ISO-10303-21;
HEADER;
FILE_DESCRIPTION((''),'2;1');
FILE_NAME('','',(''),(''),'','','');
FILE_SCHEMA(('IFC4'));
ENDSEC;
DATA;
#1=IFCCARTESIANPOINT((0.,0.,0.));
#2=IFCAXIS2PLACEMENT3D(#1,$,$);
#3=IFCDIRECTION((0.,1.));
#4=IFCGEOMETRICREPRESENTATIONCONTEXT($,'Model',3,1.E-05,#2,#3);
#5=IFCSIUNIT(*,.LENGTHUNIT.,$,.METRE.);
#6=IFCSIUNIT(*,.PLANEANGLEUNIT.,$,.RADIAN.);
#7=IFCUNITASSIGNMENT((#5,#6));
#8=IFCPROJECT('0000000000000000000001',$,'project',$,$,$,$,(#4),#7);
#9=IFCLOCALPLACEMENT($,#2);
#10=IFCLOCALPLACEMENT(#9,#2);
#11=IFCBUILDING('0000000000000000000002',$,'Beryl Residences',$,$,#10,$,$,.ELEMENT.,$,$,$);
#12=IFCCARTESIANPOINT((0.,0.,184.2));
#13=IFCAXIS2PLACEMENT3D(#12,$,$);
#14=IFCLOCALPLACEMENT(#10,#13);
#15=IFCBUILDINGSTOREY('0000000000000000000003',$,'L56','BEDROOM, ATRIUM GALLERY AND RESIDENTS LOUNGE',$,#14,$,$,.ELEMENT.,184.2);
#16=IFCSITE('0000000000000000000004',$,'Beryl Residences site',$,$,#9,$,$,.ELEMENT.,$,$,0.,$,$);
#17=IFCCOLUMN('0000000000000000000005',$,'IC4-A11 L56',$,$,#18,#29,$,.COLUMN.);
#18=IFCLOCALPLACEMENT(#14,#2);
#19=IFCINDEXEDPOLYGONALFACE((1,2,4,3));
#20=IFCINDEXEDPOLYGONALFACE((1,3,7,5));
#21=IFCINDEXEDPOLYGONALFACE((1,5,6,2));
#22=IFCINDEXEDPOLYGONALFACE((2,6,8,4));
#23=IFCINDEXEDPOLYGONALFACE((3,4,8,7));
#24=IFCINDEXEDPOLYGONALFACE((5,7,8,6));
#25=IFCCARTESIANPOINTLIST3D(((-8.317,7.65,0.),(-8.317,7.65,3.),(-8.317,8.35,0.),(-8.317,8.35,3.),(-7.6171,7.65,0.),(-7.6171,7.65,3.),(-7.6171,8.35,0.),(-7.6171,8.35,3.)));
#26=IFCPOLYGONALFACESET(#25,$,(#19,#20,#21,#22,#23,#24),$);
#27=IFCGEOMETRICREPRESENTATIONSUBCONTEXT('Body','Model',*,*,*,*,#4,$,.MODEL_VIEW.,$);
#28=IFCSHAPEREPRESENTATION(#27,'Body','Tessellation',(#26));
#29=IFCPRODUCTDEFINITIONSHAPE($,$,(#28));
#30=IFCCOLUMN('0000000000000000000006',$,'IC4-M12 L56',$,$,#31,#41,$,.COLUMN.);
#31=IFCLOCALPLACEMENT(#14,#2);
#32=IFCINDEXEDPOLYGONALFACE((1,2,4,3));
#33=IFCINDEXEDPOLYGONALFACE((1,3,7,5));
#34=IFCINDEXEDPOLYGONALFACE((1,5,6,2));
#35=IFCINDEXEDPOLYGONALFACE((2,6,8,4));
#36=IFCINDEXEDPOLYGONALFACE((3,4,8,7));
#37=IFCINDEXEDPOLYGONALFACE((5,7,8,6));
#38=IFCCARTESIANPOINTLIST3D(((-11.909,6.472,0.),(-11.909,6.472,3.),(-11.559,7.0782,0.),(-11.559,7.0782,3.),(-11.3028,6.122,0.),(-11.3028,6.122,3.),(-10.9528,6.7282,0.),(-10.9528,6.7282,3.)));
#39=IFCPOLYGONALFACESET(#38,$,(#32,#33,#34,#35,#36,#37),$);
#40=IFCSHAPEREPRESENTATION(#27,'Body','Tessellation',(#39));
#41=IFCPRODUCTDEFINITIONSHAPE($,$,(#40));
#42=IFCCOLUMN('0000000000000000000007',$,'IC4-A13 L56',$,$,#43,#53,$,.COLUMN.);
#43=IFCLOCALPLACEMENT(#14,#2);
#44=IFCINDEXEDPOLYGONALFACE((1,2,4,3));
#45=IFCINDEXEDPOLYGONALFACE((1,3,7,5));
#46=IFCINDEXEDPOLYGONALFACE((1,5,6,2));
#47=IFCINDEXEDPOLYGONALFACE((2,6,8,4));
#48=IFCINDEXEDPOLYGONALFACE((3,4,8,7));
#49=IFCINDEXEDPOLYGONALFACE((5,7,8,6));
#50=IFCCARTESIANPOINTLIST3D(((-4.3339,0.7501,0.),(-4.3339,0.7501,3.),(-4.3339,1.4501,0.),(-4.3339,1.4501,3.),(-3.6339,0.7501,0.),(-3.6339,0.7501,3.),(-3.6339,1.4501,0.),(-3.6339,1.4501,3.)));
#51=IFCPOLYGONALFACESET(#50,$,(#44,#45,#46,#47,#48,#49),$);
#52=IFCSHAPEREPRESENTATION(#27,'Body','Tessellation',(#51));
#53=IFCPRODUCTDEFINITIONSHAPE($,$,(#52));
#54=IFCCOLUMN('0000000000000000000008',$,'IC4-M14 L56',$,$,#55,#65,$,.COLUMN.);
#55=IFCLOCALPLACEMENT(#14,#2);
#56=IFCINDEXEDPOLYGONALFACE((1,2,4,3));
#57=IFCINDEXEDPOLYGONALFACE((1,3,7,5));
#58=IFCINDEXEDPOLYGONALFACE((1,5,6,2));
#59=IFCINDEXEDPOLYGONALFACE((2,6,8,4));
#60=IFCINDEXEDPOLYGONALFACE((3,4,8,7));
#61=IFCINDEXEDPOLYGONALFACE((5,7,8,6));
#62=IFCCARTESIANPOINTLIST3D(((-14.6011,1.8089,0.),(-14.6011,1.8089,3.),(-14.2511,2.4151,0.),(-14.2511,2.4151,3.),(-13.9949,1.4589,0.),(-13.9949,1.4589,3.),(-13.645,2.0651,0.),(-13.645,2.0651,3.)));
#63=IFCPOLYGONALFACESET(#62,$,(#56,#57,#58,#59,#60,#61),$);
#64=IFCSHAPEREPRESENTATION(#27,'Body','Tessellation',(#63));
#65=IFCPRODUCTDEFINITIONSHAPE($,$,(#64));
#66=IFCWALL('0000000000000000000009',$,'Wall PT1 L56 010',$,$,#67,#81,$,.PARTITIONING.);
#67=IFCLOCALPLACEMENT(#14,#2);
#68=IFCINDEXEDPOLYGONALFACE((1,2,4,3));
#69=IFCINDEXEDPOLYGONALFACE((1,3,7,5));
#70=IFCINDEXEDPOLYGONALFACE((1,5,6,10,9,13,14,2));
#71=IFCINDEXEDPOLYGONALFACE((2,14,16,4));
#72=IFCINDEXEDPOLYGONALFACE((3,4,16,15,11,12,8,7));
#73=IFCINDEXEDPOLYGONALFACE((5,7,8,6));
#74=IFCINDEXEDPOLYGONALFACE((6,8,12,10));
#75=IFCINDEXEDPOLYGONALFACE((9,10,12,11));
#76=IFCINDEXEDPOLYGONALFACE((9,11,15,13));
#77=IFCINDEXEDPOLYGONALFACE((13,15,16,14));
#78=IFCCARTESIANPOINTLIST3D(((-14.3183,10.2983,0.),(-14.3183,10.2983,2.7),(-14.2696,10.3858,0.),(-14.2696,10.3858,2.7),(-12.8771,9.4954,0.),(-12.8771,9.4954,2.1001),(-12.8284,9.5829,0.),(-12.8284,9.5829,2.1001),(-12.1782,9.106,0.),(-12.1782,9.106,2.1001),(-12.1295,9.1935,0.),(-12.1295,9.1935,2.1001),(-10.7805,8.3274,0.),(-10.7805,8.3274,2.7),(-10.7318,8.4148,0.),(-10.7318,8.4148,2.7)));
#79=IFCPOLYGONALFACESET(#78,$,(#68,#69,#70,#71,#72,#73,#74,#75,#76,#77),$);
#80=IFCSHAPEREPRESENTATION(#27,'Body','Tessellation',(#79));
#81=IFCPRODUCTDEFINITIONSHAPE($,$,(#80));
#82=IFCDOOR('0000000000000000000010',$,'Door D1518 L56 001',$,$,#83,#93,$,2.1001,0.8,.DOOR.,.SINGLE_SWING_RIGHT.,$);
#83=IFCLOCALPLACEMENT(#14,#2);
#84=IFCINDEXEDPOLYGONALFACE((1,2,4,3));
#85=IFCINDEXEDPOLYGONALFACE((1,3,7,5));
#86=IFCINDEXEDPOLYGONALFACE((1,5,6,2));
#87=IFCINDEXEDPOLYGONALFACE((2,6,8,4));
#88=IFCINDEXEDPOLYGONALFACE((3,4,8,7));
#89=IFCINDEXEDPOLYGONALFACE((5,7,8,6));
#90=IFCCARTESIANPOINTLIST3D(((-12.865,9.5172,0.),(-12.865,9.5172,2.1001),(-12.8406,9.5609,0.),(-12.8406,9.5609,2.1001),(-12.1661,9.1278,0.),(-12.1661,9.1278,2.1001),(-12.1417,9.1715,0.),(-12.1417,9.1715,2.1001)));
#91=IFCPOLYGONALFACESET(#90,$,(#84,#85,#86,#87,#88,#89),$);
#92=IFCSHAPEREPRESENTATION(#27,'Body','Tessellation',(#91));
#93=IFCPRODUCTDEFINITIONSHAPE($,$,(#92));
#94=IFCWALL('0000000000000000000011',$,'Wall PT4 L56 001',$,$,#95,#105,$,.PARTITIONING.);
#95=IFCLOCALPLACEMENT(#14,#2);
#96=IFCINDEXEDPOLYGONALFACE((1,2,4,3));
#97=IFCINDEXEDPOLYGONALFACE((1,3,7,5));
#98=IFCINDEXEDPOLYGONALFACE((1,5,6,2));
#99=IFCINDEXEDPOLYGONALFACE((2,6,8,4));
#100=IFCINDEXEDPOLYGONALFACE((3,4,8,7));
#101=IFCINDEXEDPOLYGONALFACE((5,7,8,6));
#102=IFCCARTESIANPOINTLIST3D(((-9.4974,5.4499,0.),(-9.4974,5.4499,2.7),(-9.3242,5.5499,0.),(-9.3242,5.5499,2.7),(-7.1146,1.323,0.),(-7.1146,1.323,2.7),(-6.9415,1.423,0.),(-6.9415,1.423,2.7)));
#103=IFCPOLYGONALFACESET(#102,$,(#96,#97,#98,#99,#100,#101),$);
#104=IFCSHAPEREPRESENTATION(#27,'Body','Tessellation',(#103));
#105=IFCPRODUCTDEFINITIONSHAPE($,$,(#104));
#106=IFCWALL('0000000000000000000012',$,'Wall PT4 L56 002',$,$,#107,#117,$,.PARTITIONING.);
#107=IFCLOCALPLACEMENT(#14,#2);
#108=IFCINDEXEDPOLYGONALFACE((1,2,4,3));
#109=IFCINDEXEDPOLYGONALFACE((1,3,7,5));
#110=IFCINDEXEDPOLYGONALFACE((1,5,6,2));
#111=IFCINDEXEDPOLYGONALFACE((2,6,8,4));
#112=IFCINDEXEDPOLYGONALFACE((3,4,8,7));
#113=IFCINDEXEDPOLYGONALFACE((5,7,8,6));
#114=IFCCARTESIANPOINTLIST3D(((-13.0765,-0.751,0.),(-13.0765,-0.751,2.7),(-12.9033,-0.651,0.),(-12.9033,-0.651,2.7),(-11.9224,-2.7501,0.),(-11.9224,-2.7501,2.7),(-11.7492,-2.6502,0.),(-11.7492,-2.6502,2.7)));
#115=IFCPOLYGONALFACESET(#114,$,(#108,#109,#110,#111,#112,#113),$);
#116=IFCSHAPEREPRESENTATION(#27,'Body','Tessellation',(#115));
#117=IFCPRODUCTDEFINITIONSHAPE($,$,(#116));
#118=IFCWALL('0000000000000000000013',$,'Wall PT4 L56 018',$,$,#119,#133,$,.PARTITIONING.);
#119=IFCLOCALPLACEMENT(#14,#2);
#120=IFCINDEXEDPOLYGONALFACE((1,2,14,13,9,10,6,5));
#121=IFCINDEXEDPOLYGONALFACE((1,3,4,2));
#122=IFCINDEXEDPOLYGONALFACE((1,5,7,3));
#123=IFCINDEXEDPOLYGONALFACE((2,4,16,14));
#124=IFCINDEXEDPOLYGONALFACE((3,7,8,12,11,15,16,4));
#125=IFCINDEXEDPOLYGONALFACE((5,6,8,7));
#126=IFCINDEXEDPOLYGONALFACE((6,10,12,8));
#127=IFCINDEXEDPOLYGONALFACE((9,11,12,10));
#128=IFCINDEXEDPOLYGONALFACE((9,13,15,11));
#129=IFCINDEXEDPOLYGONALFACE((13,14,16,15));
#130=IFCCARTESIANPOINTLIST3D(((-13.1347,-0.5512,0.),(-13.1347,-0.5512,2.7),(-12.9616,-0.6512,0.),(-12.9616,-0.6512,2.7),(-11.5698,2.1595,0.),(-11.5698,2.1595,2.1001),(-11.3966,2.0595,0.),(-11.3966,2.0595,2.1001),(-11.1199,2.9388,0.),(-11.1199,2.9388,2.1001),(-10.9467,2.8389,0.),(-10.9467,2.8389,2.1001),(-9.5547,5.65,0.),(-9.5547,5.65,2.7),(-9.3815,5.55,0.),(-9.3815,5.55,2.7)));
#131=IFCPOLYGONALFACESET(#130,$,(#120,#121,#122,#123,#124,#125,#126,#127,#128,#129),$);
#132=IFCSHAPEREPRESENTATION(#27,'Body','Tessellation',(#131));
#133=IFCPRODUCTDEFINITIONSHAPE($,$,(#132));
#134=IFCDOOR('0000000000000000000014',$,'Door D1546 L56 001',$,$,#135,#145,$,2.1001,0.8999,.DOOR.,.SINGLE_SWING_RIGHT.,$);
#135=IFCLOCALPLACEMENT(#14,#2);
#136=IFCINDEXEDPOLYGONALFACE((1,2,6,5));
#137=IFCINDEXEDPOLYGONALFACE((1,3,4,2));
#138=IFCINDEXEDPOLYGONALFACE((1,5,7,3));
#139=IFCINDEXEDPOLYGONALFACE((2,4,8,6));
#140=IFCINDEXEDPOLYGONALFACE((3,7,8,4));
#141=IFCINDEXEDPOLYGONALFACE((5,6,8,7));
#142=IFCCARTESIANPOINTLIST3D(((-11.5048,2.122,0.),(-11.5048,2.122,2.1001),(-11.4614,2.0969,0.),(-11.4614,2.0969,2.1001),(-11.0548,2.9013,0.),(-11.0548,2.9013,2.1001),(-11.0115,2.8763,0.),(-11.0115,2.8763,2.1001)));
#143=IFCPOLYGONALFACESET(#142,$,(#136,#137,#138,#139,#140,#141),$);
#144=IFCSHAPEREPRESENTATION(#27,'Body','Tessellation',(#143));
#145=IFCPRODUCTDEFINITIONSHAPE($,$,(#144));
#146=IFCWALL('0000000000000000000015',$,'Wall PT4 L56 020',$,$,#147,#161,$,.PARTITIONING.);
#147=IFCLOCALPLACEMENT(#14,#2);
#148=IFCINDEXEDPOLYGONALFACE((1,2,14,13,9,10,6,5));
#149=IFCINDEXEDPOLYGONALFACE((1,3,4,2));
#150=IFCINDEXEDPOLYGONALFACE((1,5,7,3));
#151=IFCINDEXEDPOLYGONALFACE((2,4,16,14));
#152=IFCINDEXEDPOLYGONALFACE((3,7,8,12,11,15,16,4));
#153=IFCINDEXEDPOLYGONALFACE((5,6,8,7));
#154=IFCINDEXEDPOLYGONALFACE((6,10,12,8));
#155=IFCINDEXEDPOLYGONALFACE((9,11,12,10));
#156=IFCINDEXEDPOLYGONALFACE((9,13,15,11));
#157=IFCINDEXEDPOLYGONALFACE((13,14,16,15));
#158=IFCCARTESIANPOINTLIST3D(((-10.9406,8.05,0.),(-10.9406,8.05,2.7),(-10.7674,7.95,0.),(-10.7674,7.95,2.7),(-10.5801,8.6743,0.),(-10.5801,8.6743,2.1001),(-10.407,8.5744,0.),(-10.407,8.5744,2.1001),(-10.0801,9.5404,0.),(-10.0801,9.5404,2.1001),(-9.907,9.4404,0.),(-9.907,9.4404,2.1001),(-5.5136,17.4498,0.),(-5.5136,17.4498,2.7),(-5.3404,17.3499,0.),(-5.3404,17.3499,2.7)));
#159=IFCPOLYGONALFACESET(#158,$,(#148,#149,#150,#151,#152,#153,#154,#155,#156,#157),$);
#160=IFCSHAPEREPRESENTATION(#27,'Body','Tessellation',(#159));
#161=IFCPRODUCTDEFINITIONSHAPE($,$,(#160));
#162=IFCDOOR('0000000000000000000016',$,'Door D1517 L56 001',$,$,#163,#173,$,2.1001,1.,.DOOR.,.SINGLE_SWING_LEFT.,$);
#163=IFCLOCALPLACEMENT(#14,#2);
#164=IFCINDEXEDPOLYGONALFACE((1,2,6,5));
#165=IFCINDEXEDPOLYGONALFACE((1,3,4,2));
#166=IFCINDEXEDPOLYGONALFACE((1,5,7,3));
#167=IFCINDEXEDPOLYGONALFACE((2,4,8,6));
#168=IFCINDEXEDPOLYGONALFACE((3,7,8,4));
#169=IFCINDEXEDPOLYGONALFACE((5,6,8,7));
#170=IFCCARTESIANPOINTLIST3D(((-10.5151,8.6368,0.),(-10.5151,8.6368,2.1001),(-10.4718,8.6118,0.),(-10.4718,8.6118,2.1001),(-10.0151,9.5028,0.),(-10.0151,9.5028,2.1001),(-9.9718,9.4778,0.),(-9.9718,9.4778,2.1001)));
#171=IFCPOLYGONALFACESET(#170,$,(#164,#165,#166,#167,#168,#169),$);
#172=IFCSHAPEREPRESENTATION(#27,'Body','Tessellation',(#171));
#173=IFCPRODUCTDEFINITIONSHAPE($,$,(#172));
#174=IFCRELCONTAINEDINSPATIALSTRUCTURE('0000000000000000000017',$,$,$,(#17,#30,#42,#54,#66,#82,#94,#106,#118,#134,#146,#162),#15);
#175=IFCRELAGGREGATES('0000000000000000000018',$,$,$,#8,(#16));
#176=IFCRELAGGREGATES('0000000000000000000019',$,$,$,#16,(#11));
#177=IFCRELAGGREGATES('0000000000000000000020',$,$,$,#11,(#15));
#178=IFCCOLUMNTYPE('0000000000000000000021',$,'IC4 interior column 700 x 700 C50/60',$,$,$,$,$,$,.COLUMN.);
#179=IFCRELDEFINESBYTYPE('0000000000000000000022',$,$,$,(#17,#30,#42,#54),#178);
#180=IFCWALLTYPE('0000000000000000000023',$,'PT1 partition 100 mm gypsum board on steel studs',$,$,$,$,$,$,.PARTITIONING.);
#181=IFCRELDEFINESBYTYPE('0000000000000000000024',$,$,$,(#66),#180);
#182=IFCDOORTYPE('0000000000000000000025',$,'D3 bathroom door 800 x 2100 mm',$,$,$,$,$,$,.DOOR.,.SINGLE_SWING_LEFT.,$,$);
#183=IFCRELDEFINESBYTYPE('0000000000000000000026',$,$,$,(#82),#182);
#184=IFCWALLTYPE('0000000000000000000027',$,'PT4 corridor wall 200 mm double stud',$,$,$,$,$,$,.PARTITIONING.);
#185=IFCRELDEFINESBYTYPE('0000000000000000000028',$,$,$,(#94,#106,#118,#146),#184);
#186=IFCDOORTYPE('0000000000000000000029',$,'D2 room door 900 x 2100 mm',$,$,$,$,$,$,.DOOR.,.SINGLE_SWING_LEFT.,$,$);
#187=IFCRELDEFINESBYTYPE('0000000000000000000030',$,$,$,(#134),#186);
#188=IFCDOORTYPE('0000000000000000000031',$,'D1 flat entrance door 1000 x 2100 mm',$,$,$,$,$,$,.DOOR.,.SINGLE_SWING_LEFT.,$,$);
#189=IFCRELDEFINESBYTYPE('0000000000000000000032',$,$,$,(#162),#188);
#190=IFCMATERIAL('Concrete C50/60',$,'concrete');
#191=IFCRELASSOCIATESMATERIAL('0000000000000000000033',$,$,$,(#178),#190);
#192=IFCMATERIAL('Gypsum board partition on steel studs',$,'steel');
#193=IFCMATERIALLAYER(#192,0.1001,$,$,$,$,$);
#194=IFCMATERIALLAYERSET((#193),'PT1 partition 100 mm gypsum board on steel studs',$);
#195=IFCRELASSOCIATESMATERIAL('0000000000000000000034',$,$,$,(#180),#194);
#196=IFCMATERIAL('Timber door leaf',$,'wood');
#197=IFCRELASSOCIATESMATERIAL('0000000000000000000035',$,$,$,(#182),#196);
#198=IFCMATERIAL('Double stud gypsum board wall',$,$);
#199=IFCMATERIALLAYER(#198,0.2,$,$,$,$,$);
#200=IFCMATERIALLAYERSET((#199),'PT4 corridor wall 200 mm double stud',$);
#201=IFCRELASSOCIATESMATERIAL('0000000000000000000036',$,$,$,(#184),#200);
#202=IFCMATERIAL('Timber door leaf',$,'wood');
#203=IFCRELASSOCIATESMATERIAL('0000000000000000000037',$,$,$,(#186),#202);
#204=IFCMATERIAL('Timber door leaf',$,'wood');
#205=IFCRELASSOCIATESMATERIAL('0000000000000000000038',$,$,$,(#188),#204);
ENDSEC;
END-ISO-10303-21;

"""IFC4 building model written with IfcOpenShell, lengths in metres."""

from ifc_helpers import new_model, si_unit, direction, frame, frame_2d, origin, origin_2d, place, context, subcontext, project, spatial, rectangle, extrude, material, layer, layer_set, material_profile, profile_set, type_object, element, fill, save


model = new_model("IFC4")

# Units and contexts
model_context = context("Model", 3, precision=1e-05, world=origin(), true_north=direction((0.0, 1.0)))
body_context = subcontext(model_context, "Body", "Model", "MODEL_VIEW")
ifc_project = project(units=[si_unit("LENGTHUNIT", "METRE"), si_unit("PLANEANGLEUNIT", "RADIAN")], contexts=[model_context])

# Site, building, storey
site_placement = place(None, origin())
site = spatial("IfcSite", under=ifc_project, at=site_placement, Name="Beryl Residences site", CompositionType="ELEMENT", RefElevation=0.0)
building_placement = place(site_placement, origin())
building = spatial("IfcBuilding", under=site, at=building_placement, Name="Beryl Residences", CompositionType="ELEMENT")
storey_placement = place(building_placement, frame((0.0, 0.0, 184.2)))
storey = spatial("IfcBuildingStorey", under=building, at=storey_placement, Name="L56", Description="BEDROOM, ATRIUM GALLERY AND RESIDENTS LOUNGE", CompositionType="ELEMENT", Elevation=184.2)

# Columns
ifc_material_1 = material(Name="Concrete C50/60", Category="concrete")
ifc_material_profile = material_profile(ifc_material_1, rectangle(XDim=0.7, YDim=0.7, at=origin_2d()))
ifc_profile_set = profile_set([ifc_material_profile], Name="Concrete C50/60")
column_type = type_object("IfcColumnType", Name="IC4 interior column 700 x 700 C50/60", PredefinedType="COLUMN", material=ifc_profile_set)
for number, where, z_axis, x_axis, name in (
    (1, (-7.967, 8.0, 0.0), (0.0, 0.0, 1.0), (1.0, 0.0, 0.0), "IC4-A11 L56"),
    (2, (-11.4309, 6.6001, 0.0), (0.0, 0.0, 1.0), (-0.5, -0.866025, 0.0), "IC4-M12 L56"),
    (3, (-3.9839, 1.1001, 0.0), (0.0, 0.0, 1.0), (1.0, 0.0, 0.0), "IC4-A13 L56"),
    (4, (-14.123, 1.937, 0.0), (0.0, 0.0, 1.0), (-0.5, -0.866025, 0.0), "IC4-M14 L56"),
):
    element("IfcColumn", number, at=place(storey_placement, frame(where, z_axis=z_axis, x_axis=x_axis)), inside=storey, type_object=column_type, Name=name, PredefinedType="COLUMN", context=body_context, shape_type="SweptSolid", body=[
        extrude(rectangle(XDim=0.7, YDim=0.7, at=origin_2d()), origin(), (0.0, 0.0, 1.0), 3.0),
    ])

# Wall, opening, door
ifc_material_2 = material(Name="Gypsum board partition on steel studs", Category="steel")
ifc_layer_1 = layer(ifc_material_2, 0.1001)
ifc_layer_set_1 = layer_set([ifc_layer_1], Name="PT1 partition 100 mm gypsum board on steel studs")
wall_type_1 = type_object("IfcWallType", Name="PT1 partition 100 mm gypsum board on steel studs", PredefinedType="PARTITIONING", material=ifc_layer_set_1)
wall_1_placement = place(storey_placement, frame((-14.2939, 10.342, 0.0), z_axis=(0.0, 0.0, 1.0), x_axis=(0.873582, -0.486677, 0.0)))
wall_1 = element("IfcWall", 5, at=wall_1_placement, inside=storey, type_object=wall_type_1, Name="Wall PT1 L56 010", PredefinedType="PARTITIONING", context=body_context, shape_type="SweptSolid", body=[
    extrude(rectangle(XDim=4.0498, YDim=0.1001, at=frame_2d((2.0249, 0.0))), origin(), (0.0, 0.0, 1.0), 2.7),
])
opening_1_placement = place(wall_1_placement, frame((1.6499, 0.0, 0.0)))
opening_1 = element("IfcOpeningElement", 6, at=opening_1_placement, cuts=wall_1, PredefinedType="OPENING", context=body_context, shape_type="SweptSolid", body=[
    extrude(rectangle(XDim=0.8, YDim=2.1001, at=frame_2d((0.3999, 1.05))), frame((0.0, 0.0601, 0.0), z_axis=(0.0, -1.0, 0.0), x_axis=(1.0, 0.0, 0.0)), (0.0, 0.0, 1.0), 0.1201),
])
ifc_material_3 = material(Name="Timber door leaf", Category="wood")
door_type_1 = type_object("IfcDoorType", Name="D3 bathroom door 800 x 2100 mm", OperationType="SINGLE_SWING_LEFT", PredefinedType="DOOR", material=ifc_material_3)
door_1_placement = place(opening_1_placement, origin())
door_1 = element("IfcDoor", 7, at=door_1_placement, inside=storey, type_object=door_type_1, Name="Door D1518 L56 001", OperationType="SINGLE_SWING_RIGHT", OverallHeight=2.1001, OverallWidth=0.8, PredefinedType="DOOR", context=body_context, shape_type="SweptSolid", body=[
    extrude(rectangle(XDim=0.8, YDim=2.1001, at=frame_2d((0.3999, 1.05))), frame((0.0, 0.0249, 0.0), z_axis=(0.0, -1.0, 0.0), x_axis=(1.0, 0.0, 0.0)), (0.0, 0.0, 1.0), 0.05),
])
fill(opening_1, door_1)

# Walls
ifc_material_4 = material(Name="Double stud gypsum board wall")
ifc_layer_2 = layer(ifc_material_4, 0.2)
ifc_layer_set_2 = layer_set([ifc_layer_2], Name="PT4 corridor wall 200 mm double stud")
wall_type_2 = type_object("IfcWallType", Name="PT4 corridor wall 200 mm double stud", PredefinedType="PARTITIONING", material=ifc_layer_set_2)
wall_2_placement = place(storey_placement, frame((-9.4109, 5.5, 0.0), z_axis=(0.0, 0.0, 1.0), x_axis=(0.500018, -0.866015, 0.0)))
element("IfcWall", 8, at=wall_2_placement, inside=storey, type_object=wall_type_2, Name="Wall PT4 L56 001", PredefinedType="PARTITIONING", context=body_context, shape_type="SweptSolid", body=[
    extrude(rectangle(XDim=4.7654, YDim=0.2, at=frame_2d((2.3828, 0.0))), origin(), (0.0, 0.0, 1.0), 2.7),
])
wall_3_placement = place(storey_placement, frame((-12.99, -0.7009, 0.0), z_axis=(0.0, 0.0, 1.0), x_axis=(0.499973, -0.866041, 0.0)))
element("IfcWall", 9, at=wall_3_placement, inside=storey, type_object=wall_type_2, Name="Wall PT4 L56 002", PredefinedType="PARTITIONING", context=body_context, shape_type="SweptSolid", body=[
    extrude(rectangle(XDim=2.3083, YDim=0.2, at=frame_2d((1.1543, 0.0))), origin(), (0.0, 0.0, 1.0), 2.7),
])

# Walls, openings, doors
wall_4_placement = place(storey_placement, frame((-13.0481, -0.6011, 0.0), z_axis=(0.0, 0.0, 1.0), x_axis=(0.499982, 0.866036, 0.0)))
wall_4 = element("IfcWall", 10, at=wall_4_placement, inside=storey, type_object=wall_type_2, Name="Wall PT4 L56 018", PredefinedType="PARTITIONING", context=body_context, shape_type="SweptSolid", body=[
    extrude(rectangle(XDim=7.1604, YDim=0.2, at=frame_2d((3.5801, 0.0))), origin(), (0.0, 0.0, 1.0), 2.7),
])
opening_2_placement = place(wall_4_placement, frame((3.1299, 0.0, 0.0)))
opening_2 = element("IfcOpeningElement", 11, at=opening_2_placement, cuts=wall_4, PredefinedType="OPENING", context=body_context, shape_type="SweptSolid", body=[
    extrude(rectangle(XDim=0.8999, YDim=2.1001, at=frame_2d((0.45, 1.05))), frame((0.0, 0.1099, 0.0), z_axis=(0.0, -1.0, 0.0), x_axis=(1.0, 0.0, 0.0)), (0.0, 0.0, 1.0), 0.22),
])
ifc_material_5 = material(Name="Timber door leaf", Category="wood")
door_type_2 = type_object("IfcDoorType", Name="D2 room door 900 x 2100 mm", OperationType="SINGLE_SWING_LEFT", PredefinedType="DOOR", material=ifc_material_5)
door_2_placement = place(opening_2_placement, origin())
door_2 = element("IfcDoor", 12, at=door_2_placement, inside=storey, type_object=door_type_2, Name="Door D1546 L56 001", OperationType="SINGLE_SWING_RIGHT", OverallHeight=2.1001, OverallWidth=0.8999, PredefinedType="DOOR", context=body_context, shape_type="SweptSolid", body=[
    extrude(rectangle(XDim=0.8999, YDim=2.1001, at=frame_2d((0.45, 1.05))), frame((0.0, 0.0249, 0.0), z_axis=(0.0, -1.0, 0.0), x_axis=(1.0, 0.0, 0.0)), (0.0, 0.0, 1.0), 0.05),
])
fill(opening_2, door_2)
wall_5_placement = place(storey_placement, frame((-10.854, 8.0, 0.0), z_axis=(0.0, 0.0, 1.0), x_axis=(0.499998, 0.866027, 0.0)))
wall_5 = element("IfcWall", 13, at=wall_5_placement, inside=storey, type_object=wall_type_2, Name="Wall PT4 L56 020", PredefinedType="PARTITIONING", context=body_context, shape_type="SweptSolid", body=[
    extrude(rectangle(XDim=10.854, YDim=0.2, at=frame_2d((5.427, 0.0))), origin(), (0.0, 0.0, 1.0), 2.7),
])
opening_3_placement = place(wall_5_placement, frame((0.7209, 0.0, 0.0)))
opening_3 = element("IfcOpeningElement", 14, at=opening_3_placement, cuts=wall_5, PredefinedType="OPENING", context=body_context, shape_type="SweptSolid", body=[
    extrude(rectangle(XDim=1.0, YDim=2.1001, at=frame_2d((0.5, 1.05))), frame((0.0, 0.1099, 0.0), z_axis=(0.0, -1.0, 0.0), x_axis=(1.0, 0.0, 0.0)), (0.0, 0.0, 1.0), 0.22),
])
ifc_material_6 = material(Name="Timber door leaf", Category="wood")
door_type_3 = type_object("IfcDoorType", Name="D1 flat entrance door 1000 x 2100 mm", OperationType="SINGLE_SWING_LEFT", PredefinedType="DOOR", material=ifc_material_6)
door_3_placement = place(opening_3_placement, origin())
door_3 = element("IfcDoor", 15, at=door_3_placement, inside=storey, type_object=door_type_3, Name="Door D1517 L56 001", OperationType="SINGLE_SWING_LEFT", OverallHeight=2.1001, OverallWidth=1.0, PredefinedType="DOOR", context=body_context, shape_type="SweptSolid", body=[
    extrude(rectangle(XDim=1.0, YDim=2.1001, at=frame_2d((0.5, 1.05))), frame((0.0, 0.0249, 0.0), z_axis=(0.0, -1.0, 0.0), x_axis=(1.0, 0.0, 0.0)), (0.0, 0.0, 1.0), 0.05),
])
fill(opening_3, door_3)

save(model, "model.ifc")
